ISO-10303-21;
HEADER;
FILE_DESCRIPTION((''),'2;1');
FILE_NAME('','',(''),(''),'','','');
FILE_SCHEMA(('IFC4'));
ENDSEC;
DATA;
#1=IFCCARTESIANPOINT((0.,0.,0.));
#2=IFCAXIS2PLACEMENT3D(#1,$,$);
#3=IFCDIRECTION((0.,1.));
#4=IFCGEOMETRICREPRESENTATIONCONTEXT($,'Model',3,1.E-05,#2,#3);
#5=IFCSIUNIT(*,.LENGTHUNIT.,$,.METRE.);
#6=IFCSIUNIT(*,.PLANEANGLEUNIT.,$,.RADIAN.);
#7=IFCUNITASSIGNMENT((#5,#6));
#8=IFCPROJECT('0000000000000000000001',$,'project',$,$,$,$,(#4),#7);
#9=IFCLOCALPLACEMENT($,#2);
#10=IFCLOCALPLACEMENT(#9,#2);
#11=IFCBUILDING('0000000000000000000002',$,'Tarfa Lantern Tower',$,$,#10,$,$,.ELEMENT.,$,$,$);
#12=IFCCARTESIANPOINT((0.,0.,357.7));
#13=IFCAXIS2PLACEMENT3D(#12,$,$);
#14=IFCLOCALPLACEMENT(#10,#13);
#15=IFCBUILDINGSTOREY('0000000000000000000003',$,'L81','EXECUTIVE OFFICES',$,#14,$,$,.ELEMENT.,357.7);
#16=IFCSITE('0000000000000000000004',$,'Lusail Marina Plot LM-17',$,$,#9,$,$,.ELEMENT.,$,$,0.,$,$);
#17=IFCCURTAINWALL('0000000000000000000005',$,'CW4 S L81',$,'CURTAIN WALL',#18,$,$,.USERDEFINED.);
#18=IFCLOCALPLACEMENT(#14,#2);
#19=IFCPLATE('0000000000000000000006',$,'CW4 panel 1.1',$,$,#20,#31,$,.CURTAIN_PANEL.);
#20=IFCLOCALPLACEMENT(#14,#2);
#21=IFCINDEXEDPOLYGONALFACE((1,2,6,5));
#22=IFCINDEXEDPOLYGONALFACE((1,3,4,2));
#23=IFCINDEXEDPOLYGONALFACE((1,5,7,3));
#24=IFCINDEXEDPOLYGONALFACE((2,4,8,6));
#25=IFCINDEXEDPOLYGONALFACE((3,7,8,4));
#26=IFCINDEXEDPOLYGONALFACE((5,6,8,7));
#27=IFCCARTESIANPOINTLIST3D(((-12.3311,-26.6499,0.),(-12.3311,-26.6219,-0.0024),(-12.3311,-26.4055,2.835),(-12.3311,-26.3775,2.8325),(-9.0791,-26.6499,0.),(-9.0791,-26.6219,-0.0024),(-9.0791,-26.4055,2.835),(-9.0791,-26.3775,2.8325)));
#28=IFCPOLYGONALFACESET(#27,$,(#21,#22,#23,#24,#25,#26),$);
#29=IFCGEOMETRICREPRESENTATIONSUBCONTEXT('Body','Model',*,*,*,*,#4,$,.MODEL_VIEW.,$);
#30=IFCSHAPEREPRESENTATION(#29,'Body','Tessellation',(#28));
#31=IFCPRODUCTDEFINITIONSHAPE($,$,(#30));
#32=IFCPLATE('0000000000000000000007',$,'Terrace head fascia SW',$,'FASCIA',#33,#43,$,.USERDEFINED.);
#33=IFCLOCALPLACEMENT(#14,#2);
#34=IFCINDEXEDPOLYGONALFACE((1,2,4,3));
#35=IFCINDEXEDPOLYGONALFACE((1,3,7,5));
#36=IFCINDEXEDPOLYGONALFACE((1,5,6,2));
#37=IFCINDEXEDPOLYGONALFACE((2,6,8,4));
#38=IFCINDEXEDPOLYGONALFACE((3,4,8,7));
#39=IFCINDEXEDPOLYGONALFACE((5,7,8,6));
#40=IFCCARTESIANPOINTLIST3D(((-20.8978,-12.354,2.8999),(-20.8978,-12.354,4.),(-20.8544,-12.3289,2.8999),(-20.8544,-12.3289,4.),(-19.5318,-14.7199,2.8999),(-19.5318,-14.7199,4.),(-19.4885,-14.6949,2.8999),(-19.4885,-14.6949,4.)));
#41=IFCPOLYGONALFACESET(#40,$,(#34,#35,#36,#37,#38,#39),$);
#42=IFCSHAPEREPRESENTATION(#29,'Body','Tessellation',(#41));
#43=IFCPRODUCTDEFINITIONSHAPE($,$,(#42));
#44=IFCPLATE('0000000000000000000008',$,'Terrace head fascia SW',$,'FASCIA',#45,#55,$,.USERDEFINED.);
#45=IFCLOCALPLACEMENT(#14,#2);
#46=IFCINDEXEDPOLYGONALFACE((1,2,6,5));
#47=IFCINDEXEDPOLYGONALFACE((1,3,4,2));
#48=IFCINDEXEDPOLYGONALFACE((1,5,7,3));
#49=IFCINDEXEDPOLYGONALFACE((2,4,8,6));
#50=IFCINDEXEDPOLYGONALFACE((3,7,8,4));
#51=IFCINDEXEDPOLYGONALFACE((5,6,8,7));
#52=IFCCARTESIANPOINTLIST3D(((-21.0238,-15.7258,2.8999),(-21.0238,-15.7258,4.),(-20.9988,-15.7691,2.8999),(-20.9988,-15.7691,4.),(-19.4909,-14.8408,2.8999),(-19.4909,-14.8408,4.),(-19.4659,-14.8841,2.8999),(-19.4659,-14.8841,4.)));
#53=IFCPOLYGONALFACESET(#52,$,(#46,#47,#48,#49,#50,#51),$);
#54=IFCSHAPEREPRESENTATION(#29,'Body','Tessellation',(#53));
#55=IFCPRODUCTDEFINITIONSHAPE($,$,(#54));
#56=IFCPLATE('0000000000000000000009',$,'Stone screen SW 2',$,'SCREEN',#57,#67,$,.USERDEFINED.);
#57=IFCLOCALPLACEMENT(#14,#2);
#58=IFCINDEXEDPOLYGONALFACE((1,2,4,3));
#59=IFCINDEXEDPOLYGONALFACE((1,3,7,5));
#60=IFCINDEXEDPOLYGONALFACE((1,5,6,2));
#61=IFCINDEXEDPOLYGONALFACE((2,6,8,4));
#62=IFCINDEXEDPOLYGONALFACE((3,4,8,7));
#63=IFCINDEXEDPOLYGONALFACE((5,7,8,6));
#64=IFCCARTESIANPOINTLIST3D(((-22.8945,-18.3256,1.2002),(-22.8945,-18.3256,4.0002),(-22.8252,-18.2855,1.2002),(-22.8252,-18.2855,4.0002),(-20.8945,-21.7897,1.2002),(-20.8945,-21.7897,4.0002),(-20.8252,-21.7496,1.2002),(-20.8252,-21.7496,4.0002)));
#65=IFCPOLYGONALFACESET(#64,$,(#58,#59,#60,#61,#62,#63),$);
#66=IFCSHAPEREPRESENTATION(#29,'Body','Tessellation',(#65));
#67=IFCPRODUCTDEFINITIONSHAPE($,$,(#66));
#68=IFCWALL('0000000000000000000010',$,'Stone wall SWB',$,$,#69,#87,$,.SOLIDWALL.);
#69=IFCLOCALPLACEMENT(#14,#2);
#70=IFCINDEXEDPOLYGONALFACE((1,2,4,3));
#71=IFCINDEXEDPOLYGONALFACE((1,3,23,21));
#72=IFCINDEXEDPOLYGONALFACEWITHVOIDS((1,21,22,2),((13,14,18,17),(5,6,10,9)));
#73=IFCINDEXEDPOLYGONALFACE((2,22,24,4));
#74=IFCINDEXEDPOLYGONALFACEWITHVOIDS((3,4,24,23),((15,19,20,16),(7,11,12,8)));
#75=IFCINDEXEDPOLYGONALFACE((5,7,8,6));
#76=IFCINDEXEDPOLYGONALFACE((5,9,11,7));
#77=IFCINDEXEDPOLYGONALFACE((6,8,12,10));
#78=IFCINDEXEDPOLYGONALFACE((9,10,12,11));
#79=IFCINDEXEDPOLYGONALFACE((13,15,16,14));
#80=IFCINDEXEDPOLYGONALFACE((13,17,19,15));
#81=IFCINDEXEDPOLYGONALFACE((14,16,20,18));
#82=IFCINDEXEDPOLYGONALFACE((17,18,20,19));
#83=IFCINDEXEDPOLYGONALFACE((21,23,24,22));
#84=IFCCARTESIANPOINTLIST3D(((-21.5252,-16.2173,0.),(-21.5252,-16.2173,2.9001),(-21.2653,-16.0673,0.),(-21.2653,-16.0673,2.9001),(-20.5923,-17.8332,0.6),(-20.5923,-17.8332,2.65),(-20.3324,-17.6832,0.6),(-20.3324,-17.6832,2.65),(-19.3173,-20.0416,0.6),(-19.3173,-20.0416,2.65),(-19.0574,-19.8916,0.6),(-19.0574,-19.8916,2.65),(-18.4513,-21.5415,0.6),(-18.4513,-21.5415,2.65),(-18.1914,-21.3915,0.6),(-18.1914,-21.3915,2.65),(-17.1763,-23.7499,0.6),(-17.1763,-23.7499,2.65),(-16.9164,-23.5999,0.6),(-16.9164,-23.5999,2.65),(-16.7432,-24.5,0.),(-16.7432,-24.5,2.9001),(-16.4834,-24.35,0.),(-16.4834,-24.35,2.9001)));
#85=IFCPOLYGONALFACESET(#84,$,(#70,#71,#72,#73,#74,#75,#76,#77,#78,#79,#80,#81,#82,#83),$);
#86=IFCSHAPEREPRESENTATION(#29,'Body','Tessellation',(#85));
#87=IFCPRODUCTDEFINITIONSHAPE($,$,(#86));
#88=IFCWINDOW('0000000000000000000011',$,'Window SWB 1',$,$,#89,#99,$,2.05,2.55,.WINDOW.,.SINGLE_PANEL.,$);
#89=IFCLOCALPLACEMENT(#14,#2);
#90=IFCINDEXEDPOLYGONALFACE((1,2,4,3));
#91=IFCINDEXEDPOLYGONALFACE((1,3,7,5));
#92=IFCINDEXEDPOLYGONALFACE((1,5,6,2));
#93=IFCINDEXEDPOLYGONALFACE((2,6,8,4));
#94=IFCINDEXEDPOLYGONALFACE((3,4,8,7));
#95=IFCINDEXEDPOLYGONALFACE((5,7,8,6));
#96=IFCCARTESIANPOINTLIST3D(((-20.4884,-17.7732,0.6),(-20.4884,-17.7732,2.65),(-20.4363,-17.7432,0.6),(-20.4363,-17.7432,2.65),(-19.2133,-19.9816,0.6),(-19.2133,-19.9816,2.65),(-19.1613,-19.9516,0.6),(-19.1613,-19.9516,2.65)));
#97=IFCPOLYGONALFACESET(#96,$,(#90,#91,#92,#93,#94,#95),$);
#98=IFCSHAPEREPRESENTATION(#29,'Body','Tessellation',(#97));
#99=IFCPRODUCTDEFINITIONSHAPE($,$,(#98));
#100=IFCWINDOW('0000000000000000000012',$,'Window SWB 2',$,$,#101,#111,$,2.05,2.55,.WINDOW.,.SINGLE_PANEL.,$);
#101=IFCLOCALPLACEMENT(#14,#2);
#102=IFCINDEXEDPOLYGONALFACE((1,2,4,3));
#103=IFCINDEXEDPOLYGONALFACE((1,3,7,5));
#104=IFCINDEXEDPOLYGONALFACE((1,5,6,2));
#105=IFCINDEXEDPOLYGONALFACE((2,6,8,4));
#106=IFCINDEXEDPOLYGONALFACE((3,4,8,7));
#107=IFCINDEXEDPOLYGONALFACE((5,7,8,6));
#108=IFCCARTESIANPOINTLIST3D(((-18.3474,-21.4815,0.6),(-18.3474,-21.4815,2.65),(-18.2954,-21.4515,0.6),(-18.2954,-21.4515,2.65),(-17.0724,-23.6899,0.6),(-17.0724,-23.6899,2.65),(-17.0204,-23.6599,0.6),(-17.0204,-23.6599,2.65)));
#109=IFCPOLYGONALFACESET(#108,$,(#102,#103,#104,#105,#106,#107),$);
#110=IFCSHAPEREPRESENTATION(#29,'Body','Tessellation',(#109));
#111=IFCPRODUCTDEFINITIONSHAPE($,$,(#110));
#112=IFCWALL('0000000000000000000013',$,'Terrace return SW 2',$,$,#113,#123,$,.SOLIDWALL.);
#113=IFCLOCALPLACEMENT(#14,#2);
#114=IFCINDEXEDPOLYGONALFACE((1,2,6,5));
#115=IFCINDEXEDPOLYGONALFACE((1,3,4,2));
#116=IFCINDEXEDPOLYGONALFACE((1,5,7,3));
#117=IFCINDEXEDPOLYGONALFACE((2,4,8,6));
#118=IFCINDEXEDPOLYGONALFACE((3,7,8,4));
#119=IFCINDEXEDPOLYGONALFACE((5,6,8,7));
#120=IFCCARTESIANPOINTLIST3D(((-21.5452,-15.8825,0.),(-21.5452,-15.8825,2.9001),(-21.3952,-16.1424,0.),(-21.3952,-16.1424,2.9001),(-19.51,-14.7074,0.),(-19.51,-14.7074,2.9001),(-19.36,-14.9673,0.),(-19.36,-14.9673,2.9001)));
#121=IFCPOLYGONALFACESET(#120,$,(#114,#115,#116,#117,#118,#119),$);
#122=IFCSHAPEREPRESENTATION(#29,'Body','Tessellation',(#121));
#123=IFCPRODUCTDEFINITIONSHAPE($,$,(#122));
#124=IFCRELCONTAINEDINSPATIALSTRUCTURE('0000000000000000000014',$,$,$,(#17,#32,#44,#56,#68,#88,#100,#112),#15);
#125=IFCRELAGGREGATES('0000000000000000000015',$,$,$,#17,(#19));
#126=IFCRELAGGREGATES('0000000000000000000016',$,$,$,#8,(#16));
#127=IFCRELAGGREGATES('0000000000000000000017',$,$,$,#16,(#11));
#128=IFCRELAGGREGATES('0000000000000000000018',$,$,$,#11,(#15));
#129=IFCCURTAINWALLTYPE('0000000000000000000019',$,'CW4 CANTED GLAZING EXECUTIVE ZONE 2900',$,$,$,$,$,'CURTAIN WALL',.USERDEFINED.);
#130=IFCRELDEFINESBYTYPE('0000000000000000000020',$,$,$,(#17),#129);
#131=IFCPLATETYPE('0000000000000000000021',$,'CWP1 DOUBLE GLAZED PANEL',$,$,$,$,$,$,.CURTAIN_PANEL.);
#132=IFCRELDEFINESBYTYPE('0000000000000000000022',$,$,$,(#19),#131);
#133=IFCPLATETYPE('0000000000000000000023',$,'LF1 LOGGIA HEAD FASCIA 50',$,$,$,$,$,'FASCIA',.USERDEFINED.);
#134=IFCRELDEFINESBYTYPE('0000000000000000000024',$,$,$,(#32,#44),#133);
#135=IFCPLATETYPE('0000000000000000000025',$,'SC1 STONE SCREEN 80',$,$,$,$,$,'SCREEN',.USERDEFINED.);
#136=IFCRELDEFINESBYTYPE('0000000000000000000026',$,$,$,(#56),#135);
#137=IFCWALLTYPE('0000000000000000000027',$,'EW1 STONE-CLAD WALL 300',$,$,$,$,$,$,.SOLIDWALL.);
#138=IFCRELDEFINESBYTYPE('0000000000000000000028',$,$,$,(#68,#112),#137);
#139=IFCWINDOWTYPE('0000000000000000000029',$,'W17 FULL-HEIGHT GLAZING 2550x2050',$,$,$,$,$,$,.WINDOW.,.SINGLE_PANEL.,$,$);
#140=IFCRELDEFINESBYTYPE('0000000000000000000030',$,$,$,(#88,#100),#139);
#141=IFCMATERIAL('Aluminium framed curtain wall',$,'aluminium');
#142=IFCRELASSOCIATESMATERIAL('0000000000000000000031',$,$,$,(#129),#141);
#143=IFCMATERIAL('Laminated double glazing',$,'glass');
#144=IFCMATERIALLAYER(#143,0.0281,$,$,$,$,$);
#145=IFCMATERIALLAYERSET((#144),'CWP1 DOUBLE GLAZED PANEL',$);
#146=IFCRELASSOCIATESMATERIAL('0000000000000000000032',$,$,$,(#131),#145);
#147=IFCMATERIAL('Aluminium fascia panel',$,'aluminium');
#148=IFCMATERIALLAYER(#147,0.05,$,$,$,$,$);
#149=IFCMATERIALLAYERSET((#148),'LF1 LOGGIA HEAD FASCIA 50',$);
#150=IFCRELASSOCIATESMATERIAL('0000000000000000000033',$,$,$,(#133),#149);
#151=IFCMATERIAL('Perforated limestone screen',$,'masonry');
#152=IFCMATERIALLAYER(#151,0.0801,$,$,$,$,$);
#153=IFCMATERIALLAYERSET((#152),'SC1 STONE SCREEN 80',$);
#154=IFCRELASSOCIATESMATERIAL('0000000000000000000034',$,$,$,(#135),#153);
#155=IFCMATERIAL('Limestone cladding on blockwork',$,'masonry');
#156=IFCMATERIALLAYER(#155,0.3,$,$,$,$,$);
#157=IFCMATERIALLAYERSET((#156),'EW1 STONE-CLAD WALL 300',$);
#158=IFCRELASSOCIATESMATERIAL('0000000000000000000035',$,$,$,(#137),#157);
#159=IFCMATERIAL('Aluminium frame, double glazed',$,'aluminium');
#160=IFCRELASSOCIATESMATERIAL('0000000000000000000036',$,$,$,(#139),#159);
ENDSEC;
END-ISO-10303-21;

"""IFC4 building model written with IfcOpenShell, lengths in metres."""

from ifc_helpers import new_model, si_unit, direction, frame, frame_2d, origin, origin_2d, place, context, subcontext, project, spatial, polyline, rectangle, outline, extrude, material, layer, layer_set, type_object, element, fill, aggregate, save


model = new_model("IFC4")

# Units and contexts
model_context = context("Model", 3, precision=1e-05, world=origin(), true_north=direction((0.0, 1.0)))
body_context = subcontext(model_context, "Body", "Model", "MODEL_VIEW")
ifc_project = project(units=[si_unit("LENGTHUNIT", "METRE"), si_unit("PLANEANGLEUNIT", "RADIAN")], contexts=[model_context])

# Site, building, storey
site_placement = place(None, origin())
site = spatial("IfcSite", under=ifc_project, at=site_placement, Name="Lusail Marina Plot LM-17", CompositionType="ELEMENT", RefElevation=0.0)
building_placement = place(site_placement, origin())
building = spatial("IfcBuilding", under=site, at=building_placement, Name="Tarfa Lantern Tower", CompositionType="ELEMENT")
storey_placement = place(building_placement, frame((0.0, 0.0, 357.7)))
storey = spatial("IfcBuildingStorey", under=building, at=storey_placement, Name="L81", Description="EXECUTIVE OFFICES", CompositionType="ELEMENT", Elevation=357.7)

# Curtain wall
ifc_material_1 = material(Name="Aluminium framed curtain wall", Category="aluminium")
curtain_wall_type = type_object("IfcCurtainWallType", Name="CW4 CANTED GLAZING EXECUTIVE ZONE 2900", ElementType="CURTAIN WALL", PredefinedType="USERDEFINED", material=ifc_material_1)
curtain_wall_placement = place(storey_placement, origin())
curtain_wall = element("IfcCurtainWall", 1, at=curtain_wall_placement, inside=storey, type_object=curtain_wall_type, Name="CW4 S L81", ObjectType="CURTAIN WALL", PredefinedType="USERDEFINED")

# Plate
ifc_material_2 = material(Name="Laminated double glazing", Category="glass")
ifc_layer_1 = layer(ifc_material_2, 0.0281)
ifc_layer_set_1 = layer_set([ifc_layer_1], Name="CWP1 DOUBLE GLAZED PANEL")
plate_type_1 = type_object("IfcPlateType", Name="CWP1 DOUBLE GLAZED PANEL", PredefinedType="CURTAIN_PANEL", material=ifc_layer_set_1)
plate_1_placement = place(storey_placement, frame((-12.3311, -26.6499, 0.0), z_axis=(0.0, -0.996305, 0.085885), x_axis=(1.0, 0.0, 0.0)))
plate_1 = element("IfcPlate", 2, at=plate_1_placement, type_object=plate_type_1, Name="CW4 panel 1.1", PredefinedType="CURTAIN_PANEL", context=body_context, shape_type="SweptSolid", body=[
    extrude(outline(polyline([(0.0, 0.0), (3.252, 0.0), (3.252, 2.8455), (0.0, 2.8455), (0.0, 0.0)])), origin(), (0.0, 0.0, -1.0), 0.0281),
])
aggregate(curtain_wall, [plate_1])

# Plates
ifc_material_3 = material(Name="Aluminium fascia panel", Category="aluminium")
ifc_layer_2 = layer(ifc_material_3, 0.05)
ifc_layer_set_2 = layer_set([ifc_layer_2], Name="LF1 LOGGIA HEAD FASCIA 50")
plate_type_2 = type_object("IfcPlateType", Name="LF1 LOGGIA HEAD FASCIA 50", ElementType="FASCIA", PredefinedType="USERDEFINED", material=ifc_layer_set_2)
plate_2_placement = place(storey_placement, frame((-20.1931, -13.5244, 2.8999), z_axis=(0.0, 0.0, 1.0), x_axis=(0.5, -0.866025, 0.0)))
element("IfcPlate", 3, at=plate_2_placement, inside=storey, type_object=plate_type_2, Name="Terrace head fascia SW", ObjectType="FASCIA", PredefinedType="USERDEFINED", context=body_context, shape_type="SweptSolid", body=[
    extrude(rectangle(XDim=2.7319, YDim=0.05, at=origin_2d()), origin(), (0.0, 0.0, 1.0), 1.1001),
])
plate_3_placement = place(storey_placement, frame((-20.2449, -15.3049, 2.8999), z_axis=(0.0, 0.0, 1.0), x_axis=(0.866025, 0.5, 0.0)))
element("IfcPlate", 4, at=plate_3_placement, inside=storey, type_object=plate_type_2, Name="Terrace head fascia SW", ObjectType="FASCIA", PredefinedType="USERDEFINED", context=body_context, shape_type="SweptSolid", body=[
    extrude(rectangle(XDim=1.77, YDim=0.05, at=origin_2d()), origin(), (0.0, 0.0, 1.0), 1.1001),
])
ifc_material_4 = material(Name="Perforated limestone screen", Category="masonry")
ifc_layer_3 = layer(ifc_material_4, 0.0801)
ifc_layer_set_3 = layer_set([ifc_layer_3], Name="SC1 STONE SCREEN 80")
plate_type_3 = type_object("IfcPlateType", Name="SC1 STONE SCREEN 80", ElementType="SCREEN", PredefinedType="USERDEFINED", material=ifc_layer_set_3)
plate_4_placement = place(storey_placement, frame((-21.8599, -20.0376, 1.2002), z_axis=(0.0, 0.0, 1.0), x_axis=(0.5, -0.866025, 0.0)))
element("IfcPlate", 5, at=plate_4_placement, inside=storey, type_object=plate_type_3, Name="Stone screen SW 2", ObjectType="SCREEN", PredefinedType="USERDEFINED", context=body_context, shape_type="SweptSolid", body=[
    extrude(rectangle(XDim=4.0, YDim=0.0801, at=origin_2d()), origin(), (0.0, 0.0, 1.0), 2.8),
])

# Wall, openings, windows
ifc_material_5 = material(Name="Limestone cladding on blockwork", Category="masonry")
ifc_layer_4 = layer(ifc_material_5, 0.3)
ifc_layer_set_4 = layer_set([ifc_layer_4], Name="EW1 STONE-CLAD WALL 300")
wall_type = type_object("IfcWallType", Name="EW1 STONE-CLAD WALL 300", PredefinedType="SOLIDWALL", material=ifc_layer_set_4)
wall_1_placement = place(storey_placement, frame((-21.3953, -16.1423, 0.0), z_axis=(0.0, 0.0, 1.0), x_axis=(0.499996, -0.866027, 0.0)))
wall_1 = element("IfcWall", 6, at=wall_1_placement, inside=storey, type_object=wall_type, Name="Stone wall SWB", PredefinedType="SOLIDWALL", context=body_context, shape_type="SweptSolid", body=[
    extrude(rectangle(XDim=9.564, YDim=0.3, at=frame_2d((4.782, 0.0))), origin(), (0.0, 0.0, 1.0), 2.9001),
])
opening_1_placement = place(wall_1_placement, frame((1.866, 0.0, 0.6001)))
opening_1 = element("IfcOpeningElement", 7, at=opening_1_placement, cuts=wall_1, PredefinedType="OPENING", context=body_context, shape_type="SweptSolid", body=[
    extrude(rectangle(XDim=2.55, YDim=2.05, at=frame_2d((1.2749, 1.0249))), frame((0.0, 0.1599, 0.0), z_axis=(0.0, -1.0, 0.0), x_axis=(1.0, 0.0, 0.0)), (0.0, 0.0, 1.0), 0.3201),
])
opening_2_placement = place(wall_1_placement, frame((6.1479, 0.0, 0.6001)))
opening_2 = element("IfcOpeningElement", 8, at=opening_2_placement, cuts=wall_1, PredefinedType="OPENING", context=body_context, shape_type="SweptSolid", body=[
    extrude(rectangle(XDim=2.55, YDim=2.05, at=frame_2d((1.2749, 1.0249))), frame((0.0, 0.1599, 0.0), z_axis=(0.0, -1.0, 0.0), x_axis=(1.0, 0.0, 0.0)), (0.0, 0.0, 1.0), 0.3201),
])
ifc_material_6 = material(Name="Aluminium frame, double glazed", Category="aluminium")
window_type = type_object("IfcWindowType", Name="W17 FULL-HEIGHT GLAZING 2550x2050", PartitioningType="SINGLE_PANEL", PredefinedType="WINDOW", material=ifc_material_6)
window_1_placement = place(opening_1_placement, origin())
window_1 = element("IfcWindow", 9, at=window_1_placement, inside=storey, type_object=window_type, Name="Window SWB 1", OverallHeight=2.05, OverallWidth=2.55, PartitioningType="SINGLE_PANEL", PredefinedType="WINDOW", context=body_context, shape_type="SweptSolid", body=[
    extrude(rectangle(XDim=2.55, YDim=2.05, at=frame_2d((1.2749, 1.0249))), frame((0.0, 0.03, 0.0), z_axis=(0.0, -1.0, 0.0), x_axis=(1.0, 0.0, 0.0)), (0.0, 0.0, 1.0), 0.0601),
])
fill(opening_1, window_1)
window_2_placement = place(opening_2_placement, origin())
window_2 = element("IfcWindow", 10, at=window_2_placement, inside=storey, type_object=window_type, Name="Window SWB 2", OverallHeight=2.05, OverallWidth=2.55, PartitioningType="SINGLE_PANEL", PredefinedType="WINDOW", context=body_context, shape_type="SweptSolid", body=[
    extrude(rectangle(XDim=2.55, YDim=2.05, at=frame_2d((1.2749, 1.0249))), frame((0.0, 0.03, 0.0), z_axis=(0.0, -1.0, 0.0), x_axis=(1.0, 0.0, 0.0)), (0.0, 0.0, 1.0), 0.0601),
])
fill(opening_2, window_2)

# Wall
wall_2_placement = place(storey_placement, frame((-21.4702, -16.0125, 0.0), z_axis=(0.0, 0.0, 1.0), x_axis=(0.866016, 0.500016, 0.0)))
element("IfcWall", 11, at=wall_2_placement, inside=storey, type_object=wall_type, Name="Terrace return SW 2", PredefinedType="SOLIDWALL", context=body_context, shape_type="SweptSolid", body=[
    extrude(rectangle(XDim=2.3501, YDim=0.3, at=frame_2d((1.175, 0.0))), origin(), (0.0, 0.0, 1.0), 2.9001),
])

save(model, "model.ifc")
